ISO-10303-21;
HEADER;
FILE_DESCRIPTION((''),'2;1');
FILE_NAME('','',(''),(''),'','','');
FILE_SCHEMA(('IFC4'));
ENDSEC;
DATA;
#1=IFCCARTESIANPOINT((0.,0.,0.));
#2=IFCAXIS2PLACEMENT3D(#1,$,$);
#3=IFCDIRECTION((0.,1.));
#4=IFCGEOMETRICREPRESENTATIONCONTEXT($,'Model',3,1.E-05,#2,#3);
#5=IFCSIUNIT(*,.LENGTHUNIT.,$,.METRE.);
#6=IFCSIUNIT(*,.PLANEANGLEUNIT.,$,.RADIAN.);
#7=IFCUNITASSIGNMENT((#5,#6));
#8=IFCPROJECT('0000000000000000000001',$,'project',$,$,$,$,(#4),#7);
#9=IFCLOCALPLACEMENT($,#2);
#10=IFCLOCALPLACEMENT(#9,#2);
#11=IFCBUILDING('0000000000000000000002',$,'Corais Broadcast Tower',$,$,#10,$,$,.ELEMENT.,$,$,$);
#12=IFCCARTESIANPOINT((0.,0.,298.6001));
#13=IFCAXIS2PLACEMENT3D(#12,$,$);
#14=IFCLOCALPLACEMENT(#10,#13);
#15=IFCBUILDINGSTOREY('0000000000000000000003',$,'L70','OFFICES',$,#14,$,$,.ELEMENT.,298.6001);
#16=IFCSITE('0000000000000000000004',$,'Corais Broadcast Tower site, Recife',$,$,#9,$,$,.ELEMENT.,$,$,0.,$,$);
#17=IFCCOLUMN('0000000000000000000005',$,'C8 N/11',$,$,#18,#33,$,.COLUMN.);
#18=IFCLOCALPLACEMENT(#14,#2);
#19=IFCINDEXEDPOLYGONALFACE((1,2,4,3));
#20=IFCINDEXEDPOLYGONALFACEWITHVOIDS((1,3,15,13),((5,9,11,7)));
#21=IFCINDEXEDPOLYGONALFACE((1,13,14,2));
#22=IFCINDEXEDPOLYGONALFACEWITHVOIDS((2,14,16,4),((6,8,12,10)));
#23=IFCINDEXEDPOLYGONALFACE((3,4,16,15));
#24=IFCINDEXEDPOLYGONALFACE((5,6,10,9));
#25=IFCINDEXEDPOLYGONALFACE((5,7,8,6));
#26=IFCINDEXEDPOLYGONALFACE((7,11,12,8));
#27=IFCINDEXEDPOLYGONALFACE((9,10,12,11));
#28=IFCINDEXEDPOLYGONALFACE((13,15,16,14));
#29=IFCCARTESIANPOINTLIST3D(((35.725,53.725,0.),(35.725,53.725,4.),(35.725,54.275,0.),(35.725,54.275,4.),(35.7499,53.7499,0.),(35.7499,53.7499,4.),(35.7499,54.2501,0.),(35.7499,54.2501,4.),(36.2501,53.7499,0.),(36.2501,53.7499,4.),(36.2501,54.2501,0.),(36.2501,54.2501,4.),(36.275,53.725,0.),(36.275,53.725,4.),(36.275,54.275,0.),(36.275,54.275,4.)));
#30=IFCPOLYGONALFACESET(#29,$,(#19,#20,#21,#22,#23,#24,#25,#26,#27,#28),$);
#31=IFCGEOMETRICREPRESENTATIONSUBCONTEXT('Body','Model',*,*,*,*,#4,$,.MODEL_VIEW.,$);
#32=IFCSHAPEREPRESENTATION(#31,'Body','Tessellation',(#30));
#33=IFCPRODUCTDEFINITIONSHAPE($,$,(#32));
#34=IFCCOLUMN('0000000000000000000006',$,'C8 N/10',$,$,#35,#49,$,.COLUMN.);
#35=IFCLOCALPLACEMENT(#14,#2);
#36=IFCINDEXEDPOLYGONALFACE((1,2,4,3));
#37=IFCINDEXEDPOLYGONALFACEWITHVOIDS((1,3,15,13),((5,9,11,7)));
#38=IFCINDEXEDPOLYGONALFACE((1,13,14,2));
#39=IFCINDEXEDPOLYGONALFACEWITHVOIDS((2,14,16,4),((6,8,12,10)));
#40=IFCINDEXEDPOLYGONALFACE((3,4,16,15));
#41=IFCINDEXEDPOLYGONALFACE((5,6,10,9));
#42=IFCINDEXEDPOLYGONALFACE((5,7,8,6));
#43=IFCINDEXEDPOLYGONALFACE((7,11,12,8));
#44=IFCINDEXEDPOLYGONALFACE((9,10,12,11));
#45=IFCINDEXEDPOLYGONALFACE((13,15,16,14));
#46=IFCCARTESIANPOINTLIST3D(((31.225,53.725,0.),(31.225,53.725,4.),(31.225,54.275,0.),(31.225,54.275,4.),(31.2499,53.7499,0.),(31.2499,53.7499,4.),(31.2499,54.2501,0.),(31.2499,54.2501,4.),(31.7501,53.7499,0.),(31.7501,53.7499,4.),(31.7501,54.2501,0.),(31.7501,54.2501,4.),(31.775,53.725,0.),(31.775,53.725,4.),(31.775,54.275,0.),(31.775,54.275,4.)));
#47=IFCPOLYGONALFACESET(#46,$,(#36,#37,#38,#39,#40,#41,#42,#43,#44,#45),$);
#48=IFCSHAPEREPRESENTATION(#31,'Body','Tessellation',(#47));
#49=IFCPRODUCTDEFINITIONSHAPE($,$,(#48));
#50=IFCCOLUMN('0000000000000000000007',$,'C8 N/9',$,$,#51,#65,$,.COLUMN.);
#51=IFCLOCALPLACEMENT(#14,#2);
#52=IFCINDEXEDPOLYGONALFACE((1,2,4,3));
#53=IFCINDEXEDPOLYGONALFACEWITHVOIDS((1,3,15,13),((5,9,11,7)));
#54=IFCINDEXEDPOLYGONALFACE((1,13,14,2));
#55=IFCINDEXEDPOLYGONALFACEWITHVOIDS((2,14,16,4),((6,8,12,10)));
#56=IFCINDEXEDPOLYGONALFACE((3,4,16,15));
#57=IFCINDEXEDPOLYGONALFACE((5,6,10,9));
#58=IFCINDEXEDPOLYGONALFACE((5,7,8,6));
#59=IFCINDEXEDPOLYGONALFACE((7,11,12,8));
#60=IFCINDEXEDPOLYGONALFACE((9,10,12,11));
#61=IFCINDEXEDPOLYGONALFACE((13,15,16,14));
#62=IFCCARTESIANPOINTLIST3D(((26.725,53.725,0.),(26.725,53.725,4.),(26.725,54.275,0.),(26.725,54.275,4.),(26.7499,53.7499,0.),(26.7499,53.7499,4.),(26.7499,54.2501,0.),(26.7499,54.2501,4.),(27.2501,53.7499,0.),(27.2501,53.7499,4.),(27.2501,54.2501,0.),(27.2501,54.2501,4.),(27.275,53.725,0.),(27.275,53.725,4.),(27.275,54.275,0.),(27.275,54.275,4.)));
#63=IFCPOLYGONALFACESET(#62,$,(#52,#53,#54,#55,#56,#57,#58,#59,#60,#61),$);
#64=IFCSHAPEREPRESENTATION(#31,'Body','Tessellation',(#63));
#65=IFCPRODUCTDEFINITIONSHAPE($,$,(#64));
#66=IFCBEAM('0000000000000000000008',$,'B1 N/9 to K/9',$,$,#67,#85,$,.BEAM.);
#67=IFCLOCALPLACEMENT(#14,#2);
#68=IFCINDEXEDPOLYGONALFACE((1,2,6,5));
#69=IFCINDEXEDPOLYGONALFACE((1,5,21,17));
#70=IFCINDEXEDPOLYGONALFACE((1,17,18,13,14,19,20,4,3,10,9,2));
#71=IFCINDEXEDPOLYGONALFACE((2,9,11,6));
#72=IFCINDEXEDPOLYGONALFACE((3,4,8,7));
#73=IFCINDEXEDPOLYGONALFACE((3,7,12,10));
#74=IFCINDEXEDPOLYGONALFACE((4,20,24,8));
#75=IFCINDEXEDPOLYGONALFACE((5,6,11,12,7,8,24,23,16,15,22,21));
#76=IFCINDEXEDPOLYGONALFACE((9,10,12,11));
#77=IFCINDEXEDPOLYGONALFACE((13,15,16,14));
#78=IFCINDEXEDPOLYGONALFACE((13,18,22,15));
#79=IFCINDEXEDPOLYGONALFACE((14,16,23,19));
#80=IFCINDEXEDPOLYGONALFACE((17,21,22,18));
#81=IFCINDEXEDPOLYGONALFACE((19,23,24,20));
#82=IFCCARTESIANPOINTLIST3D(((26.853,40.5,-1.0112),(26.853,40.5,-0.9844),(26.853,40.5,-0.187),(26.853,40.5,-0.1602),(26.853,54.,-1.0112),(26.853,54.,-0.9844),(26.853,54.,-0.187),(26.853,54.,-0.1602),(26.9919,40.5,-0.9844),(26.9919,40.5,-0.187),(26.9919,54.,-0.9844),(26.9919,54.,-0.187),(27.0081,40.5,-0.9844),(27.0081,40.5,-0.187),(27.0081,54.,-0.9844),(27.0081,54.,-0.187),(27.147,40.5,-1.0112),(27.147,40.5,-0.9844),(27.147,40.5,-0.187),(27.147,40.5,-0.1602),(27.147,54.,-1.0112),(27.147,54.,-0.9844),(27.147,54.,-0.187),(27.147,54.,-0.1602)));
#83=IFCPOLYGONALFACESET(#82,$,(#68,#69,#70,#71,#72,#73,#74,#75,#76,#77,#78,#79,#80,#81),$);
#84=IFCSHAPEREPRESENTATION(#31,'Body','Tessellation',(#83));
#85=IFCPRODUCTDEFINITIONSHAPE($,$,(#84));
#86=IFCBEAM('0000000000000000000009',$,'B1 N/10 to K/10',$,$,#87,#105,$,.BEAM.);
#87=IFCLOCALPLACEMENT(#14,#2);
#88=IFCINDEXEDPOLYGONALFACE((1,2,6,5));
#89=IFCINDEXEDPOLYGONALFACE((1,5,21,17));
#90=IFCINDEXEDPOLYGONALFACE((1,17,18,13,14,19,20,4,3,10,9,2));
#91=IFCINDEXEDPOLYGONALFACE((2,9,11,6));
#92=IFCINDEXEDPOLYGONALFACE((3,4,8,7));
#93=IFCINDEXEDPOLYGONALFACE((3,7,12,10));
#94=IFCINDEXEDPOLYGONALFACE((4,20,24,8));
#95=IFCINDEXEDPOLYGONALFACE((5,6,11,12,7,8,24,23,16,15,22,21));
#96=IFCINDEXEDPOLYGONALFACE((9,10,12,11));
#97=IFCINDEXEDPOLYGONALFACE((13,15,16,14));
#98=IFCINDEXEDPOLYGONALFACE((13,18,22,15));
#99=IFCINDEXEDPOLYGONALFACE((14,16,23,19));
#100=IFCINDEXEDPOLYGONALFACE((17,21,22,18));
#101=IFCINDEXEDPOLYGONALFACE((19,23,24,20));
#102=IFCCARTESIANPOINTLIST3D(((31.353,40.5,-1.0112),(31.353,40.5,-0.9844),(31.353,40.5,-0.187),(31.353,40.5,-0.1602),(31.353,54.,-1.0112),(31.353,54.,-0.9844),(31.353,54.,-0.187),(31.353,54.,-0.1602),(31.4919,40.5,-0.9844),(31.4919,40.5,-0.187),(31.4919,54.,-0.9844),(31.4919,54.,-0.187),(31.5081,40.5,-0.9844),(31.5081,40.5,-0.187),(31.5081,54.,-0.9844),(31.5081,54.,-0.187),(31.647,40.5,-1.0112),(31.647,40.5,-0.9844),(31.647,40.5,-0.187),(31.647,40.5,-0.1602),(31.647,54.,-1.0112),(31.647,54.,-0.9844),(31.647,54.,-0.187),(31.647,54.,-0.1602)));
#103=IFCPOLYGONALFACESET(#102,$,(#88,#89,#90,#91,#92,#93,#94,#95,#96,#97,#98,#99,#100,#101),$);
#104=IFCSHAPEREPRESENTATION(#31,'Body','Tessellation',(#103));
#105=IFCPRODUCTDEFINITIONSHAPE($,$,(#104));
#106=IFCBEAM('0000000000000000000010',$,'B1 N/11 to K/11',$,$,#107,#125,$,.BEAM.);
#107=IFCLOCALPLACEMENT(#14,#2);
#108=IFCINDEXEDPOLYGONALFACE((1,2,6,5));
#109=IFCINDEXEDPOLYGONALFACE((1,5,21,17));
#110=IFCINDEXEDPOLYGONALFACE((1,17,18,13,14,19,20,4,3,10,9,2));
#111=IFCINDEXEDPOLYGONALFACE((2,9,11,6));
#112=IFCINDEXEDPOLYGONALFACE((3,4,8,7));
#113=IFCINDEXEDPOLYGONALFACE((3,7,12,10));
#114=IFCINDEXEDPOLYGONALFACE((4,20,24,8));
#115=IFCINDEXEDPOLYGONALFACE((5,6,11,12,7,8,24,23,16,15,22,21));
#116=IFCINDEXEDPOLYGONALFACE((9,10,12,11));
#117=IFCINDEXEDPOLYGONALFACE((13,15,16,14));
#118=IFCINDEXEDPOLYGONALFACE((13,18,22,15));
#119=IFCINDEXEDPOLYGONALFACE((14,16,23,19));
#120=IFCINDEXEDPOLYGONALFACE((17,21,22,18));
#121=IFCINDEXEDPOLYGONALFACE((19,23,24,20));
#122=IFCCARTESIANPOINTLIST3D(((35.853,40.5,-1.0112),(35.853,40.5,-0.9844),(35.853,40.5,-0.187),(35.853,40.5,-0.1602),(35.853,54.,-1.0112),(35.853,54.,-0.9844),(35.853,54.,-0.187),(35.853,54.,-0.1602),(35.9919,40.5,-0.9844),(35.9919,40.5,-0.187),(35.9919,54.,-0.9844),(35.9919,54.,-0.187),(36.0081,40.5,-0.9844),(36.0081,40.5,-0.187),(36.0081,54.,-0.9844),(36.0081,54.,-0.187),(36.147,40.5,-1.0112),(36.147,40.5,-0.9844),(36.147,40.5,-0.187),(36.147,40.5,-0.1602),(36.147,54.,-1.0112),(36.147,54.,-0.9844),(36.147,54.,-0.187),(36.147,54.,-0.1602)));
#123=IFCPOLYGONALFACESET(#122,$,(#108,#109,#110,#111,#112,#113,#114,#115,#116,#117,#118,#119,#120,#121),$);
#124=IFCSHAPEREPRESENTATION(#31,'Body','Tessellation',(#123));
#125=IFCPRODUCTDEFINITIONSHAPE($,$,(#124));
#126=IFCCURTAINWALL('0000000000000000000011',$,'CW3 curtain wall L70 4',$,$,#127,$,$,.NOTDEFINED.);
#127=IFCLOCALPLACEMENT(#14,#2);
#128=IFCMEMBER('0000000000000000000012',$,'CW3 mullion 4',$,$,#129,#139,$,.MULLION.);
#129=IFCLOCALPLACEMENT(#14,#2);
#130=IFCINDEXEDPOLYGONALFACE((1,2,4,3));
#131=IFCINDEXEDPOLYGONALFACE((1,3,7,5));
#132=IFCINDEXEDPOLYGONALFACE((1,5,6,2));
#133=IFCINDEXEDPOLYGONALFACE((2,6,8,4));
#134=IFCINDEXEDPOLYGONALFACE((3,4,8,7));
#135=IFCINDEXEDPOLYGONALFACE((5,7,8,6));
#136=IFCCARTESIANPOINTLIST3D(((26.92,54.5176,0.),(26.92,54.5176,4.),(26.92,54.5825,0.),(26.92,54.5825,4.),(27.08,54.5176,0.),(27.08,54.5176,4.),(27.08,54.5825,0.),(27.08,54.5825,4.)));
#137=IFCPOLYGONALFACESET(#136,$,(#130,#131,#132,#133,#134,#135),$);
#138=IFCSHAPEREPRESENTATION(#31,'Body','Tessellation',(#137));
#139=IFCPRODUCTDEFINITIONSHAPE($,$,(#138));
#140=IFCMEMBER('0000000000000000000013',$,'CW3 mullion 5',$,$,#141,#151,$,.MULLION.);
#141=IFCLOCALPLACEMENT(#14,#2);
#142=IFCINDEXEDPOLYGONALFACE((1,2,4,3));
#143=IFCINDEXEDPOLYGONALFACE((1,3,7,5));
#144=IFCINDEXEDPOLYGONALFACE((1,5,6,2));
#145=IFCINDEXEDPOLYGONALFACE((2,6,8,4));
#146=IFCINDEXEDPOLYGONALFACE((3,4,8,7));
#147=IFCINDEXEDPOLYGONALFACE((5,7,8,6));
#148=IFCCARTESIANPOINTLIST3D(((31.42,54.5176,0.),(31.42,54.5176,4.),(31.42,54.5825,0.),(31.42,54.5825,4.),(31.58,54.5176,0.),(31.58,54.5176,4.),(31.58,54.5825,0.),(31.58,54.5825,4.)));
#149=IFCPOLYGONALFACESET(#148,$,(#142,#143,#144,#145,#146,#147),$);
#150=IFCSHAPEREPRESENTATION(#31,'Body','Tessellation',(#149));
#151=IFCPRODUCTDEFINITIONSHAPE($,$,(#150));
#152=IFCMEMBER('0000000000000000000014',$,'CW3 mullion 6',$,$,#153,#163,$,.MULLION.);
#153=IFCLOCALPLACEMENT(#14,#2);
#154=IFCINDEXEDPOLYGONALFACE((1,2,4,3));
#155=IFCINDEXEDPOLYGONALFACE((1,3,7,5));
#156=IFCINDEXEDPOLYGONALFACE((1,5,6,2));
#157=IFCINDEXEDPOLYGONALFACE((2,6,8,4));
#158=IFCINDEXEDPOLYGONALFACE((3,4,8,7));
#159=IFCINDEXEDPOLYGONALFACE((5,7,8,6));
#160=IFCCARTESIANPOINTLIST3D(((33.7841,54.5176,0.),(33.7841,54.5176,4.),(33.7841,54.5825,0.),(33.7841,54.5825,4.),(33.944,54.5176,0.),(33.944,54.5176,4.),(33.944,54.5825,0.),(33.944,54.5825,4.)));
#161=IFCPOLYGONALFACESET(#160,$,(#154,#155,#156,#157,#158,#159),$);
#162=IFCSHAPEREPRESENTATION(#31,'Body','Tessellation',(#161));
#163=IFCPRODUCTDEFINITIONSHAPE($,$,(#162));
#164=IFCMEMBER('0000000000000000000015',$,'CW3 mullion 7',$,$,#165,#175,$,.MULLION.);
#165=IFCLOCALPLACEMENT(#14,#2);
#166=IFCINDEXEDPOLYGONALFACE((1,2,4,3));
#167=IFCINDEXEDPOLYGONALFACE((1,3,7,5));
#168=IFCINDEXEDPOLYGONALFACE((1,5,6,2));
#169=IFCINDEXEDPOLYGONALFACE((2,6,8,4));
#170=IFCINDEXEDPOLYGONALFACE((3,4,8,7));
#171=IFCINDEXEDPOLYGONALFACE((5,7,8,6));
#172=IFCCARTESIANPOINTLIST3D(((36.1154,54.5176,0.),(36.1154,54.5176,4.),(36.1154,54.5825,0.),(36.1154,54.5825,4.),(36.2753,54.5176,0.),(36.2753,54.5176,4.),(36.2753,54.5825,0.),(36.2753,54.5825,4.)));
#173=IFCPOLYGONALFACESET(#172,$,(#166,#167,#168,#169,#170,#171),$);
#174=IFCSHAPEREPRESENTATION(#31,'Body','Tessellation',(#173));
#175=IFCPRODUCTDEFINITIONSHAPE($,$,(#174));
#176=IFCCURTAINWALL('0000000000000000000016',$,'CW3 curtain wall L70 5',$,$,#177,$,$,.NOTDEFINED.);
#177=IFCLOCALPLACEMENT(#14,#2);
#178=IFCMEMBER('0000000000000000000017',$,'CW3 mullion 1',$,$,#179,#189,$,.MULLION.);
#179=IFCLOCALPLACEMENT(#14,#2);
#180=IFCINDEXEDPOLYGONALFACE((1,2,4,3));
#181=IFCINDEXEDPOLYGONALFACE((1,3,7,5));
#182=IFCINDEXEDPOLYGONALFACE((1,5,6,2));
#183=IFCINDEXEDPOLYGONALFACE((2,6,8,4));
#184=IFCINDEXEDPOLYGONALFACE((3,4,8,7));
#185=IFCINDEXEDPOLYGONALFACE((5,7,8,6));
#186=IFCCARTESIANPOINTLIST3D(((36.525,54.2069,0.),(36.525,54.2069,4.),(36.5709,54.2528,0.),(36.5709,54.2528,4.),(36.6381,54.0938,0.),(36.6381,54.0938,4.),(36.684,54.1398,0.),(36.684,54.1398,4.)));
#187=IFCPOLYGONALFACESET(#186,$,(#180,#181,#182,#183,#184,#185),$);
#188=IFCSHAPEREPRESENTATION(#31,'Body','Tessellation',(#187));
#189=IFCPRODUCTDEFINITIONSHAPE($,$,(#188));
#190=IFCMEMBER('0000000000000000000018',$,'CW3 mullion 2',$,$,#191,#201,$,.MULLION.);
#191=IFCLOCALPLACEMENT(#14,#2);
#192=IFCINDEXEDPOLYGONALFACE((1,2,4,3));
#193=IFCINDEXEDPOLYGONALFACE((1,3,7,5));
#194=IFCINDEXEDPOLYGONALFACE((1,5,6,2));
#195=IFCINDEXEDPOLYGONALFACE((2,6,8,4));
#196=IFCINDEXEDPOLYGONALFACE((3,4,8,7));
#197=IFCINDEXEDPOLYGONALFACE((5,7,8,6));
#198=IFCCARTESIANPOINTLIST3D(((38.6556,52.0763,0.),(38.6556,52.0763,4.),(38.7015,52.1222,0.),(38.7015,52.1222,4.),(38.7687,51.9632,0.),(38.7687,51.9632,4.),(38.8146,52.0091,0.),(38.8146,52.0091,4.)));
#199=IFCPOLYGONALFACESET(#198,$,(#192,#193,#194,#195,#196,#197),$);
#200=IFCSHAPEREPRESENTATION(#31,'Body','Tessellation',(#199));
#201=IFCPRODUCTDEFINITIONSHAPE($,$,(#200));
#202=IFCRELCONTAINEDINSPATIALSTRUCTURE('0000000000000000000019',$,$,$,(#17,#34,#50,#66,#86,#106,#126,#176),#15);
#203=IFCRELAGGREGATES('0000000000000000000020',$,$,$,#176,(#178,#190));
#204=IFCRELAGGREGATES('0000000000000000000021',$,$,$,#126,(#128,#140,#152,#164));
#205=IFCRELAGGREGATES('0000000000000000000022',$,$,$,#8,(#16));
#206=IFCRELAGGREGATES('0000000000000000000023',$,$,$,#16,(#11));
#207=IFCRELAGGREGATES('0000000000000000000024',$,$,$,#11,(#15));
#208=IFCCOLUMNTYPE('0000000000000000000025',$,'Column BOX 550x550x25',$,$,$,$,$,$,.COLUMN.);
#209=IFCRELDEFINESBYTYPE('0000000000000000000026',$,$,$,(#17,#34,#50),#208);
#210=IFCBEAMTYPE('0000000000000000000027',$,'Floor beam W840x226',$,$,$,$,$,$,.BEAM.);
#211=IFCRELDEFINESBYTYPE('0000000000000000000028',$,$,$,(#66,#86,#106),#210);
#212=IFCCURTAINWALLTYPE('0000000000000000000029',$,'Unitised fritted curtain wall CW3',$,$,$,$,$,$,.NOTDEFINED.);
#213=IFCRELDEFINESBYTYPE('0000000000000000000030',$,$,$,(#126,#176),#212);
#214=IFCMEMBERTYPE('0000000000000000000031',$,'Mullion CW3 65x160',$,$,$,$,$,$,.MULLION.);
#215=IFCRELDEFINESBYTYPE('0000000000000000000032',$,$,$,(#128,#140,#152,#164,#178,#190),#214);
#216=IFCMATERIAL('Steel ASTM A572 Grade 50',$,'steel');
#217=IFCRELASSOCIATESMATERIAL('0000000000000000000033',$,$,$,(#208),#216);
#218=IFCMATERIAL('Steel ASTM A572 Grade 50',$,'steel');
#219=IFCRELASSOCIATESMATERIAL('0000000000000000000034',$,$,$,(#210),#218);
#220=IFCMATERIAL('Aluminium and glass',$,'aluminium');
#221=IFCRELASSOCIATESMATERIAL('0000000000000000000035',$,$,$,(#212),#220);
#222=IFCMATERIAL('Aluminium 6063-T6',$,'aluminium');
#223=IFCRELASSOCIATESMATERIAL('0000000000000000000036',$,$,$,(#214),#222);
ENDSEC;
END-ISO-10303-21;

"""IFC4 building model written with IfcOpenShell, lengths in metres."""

from ifc_helpers import new_model, si_unit, direction, frame, origin, origin_2d, place, context, subcontext, project, spatial, rectangle, hollow_rectangle, i_section, extrude, material, material_profile, profile_set, type_object, element, aggregate, save


model = new_model("IFC4")

# Units and contexts
model_context = context("Model", 3, precision=1e-05, world=origin(), true_north=direction((0.0, 1.0)))
body_context = subcontext(model_context, "Body", "Model", "MODEL_VIEW")
ifc_project = project(units=[si_unit("LENGTHUNIT", "METRE"), si_unit("PLANEANGLEUNIT", "RADIAN")], contexts=[model_context])

# Site, building, storey
site_placement = place(None, origin())
site = spatial("IfcSite", under=ifc_project, at=site_placement, Name="Corais Broadcast Tower site, Recife", CompositionType="ELEMENT", RefElevation=0.0)
building_placement = place(site_placement, origin())
building = spatial("IfcBuilding", under=site, at=building_placement, Name="Corais Broadcast Tower", CompositionType="ELEMENT")
storey_placement = place(building_placement, frame((0.0, 0.0, 298.6001)))
storey = spatial("IfcBuildingStorey", under=building, at=storey_placement, Name="L70", Description="OFFICES", CompositionType="ELEMENT", Elevation=298.6001)

# Columns
ifc_material_1 = material(Name="Steel ASTM A572 Grade 50", Category="steel")
ifc_material_profile_1 = material_profile(ifc_material_1, hollow_rectangle(XDim=0.55, YDim=0.55, WallThickness=0.0249, at=origin_2d()), Name="BOX 550x550x25")
ifc_profile_set_1 = profile_set([ifc_material_profile_1], Name="Steel ASTM A572 Grade 50")
column_type = type_object("IfcColumnType", Name="Column BOX 550x550x25", PredefinedType="COLUMN", material=ifc_profile_set_1)
for number, where, z_axis, x_axis, name in (
    (1, (36.0, 54.0, 0.0), (0.0, 0.0, 1.0), (1.0, 0.0, 0.0), "C8 N/11"),
    (2, (31.5, 54.0, 0.0), (0.0, 0.0, 1.0), (1.0, 0.0, 0.0), "C8 N/10"),
    (3, (27.0, 54.0, 0.0), (0.0, 0.0, 1.0), (1.0, 0.0, 0.0), "C8 N/9"),
):
    element("IfcColumn", number, at=place(storey_placement, frame(where, z_axis=z_axis, x_axis=x_axis)), inside=storey, type_object=column_type, Name=name, PredefinedType="COLUMN", context=body_context, shape_type="SweptSolid", body=[
        extrude(hollow_rectangle(XDim=0.55, YDim=0.55, WallThickness=0.0249, at=origin_2d()), origin(), (0.0, 0.0, 1.0), 4.0),
    ])

# Beams
ifc_material_2 = material(Name="Steel ASTM A572 Grade 50", Category="steel")
ifc_material_profile_2 = material_profile(ifc_material_2, i_section(OverallWidth=0.2939, OverallDepth=0.8511, WebThickness=0.0161, FlangeThickness=0.0269, at=origin_2d()), Name="W840x226")
ifc_profile_set_2 = profile_set([ifc_material_profile_2], Name="Steel ASTM A572 Grade 50")
beam_type_1 = type_object("IfcBeamType", Name="Floor beam W840x226", PredefinedType="BEAM", material=ifc_profile_set_2)
for number, where, z_axis, x_axis, name in (
    (4, (27.0, 54.0, -0.5857), (0.0, -1.0, 0.0), (1.0, 0.0, 0.0), "B1 N/9 to K/9"),
    (5, (31.5, 54.0, -0.5857), (0.0, -1.0, 0.0), (1.0, 0.0, 0.0), "B1 N/10 to K/10"),
    (6, (36.0, 54.0, -0.5857), (0.0, -1.0, 0.0), (1.0, 0.0, 0.0), "B1 N/11 to K/11"),
):
    element("IfcBeam", number, at=place(storey_placement, frame(where, z_axis=z_axis, x_axis=x_axis)), inside=storey, type_object=beam_type_1, Name=name, PredefinedType="BEAM", context=body_context, shape_type="SweptSolid", body=[
        extrude(i_section(OverallWidth=0.2939, OverallDepth=0.8511, WebThickness=0.0161, FlangeThickness=0.0269, at=origin_2d()), origin(), (0.0, 0.0, 1.0), 13.5),
    ])

# Curtain walls, members
ifc_material_3 = material(Name="Aluminium and glass", Category="aluminium")
curtain_wall_type = type_object("IfcCurtainWallType", Name="Unitised fritted curtain wall CW3", PredefinedType="NOTDEFINED", material=ifc_material_3)
curtain_wall_1_placement = place(storey_placement, origin())
curtain_wall_1 = element("IfcCurtainWall", 7, at=curtain_wall_1_placement, inside=storey, type_object=curtain_wall_type, Name="CW3 curtain wall L70 4", PredefinedType="NOTDEFINED")
ifc_material_4 = material(Name="Aluminium 6063-T6", Category="aluminium")
ifc_material_profile_3 = material_profile(ifc_material_4, rectangle(XDim=0.0649, YDim=0.1599, at=origin_2d()), Name="Mullion CW3 65x160")
ifc_profile_set_3 = profile_set([ifc_material_profile_3], Name="Aluminium 6063-T6")
member_type_1 = type_object("IfcMemberType", Name="Mullion CW3 65x160", PredefinedType="MULLION", material=ifc_profile_set_3)
member_1_placement = place(storey_placement, frame((27.0, 54.55, 0.0), z_axis=(0.0, 0.0, 1.0), x_axis=(0.0, 1.0, 0.0)))
member_1 = element("IfcMember", 8, at=member_1_placement, type_object=member_type_1, Name="CW3 mullion 4", PredefinedType="MULLION", context=body_context, shape_type="SweptSolid", body=[
    extrude(rectangle(XDim=0.0649, YDim=0.1599, at=origin_2d()), origin(), (0.0, 0.0, 1.0), 4.0),
])
member_2_placement = place(storey_placement, frame((31.5, 54.55, 0.0), z_axis=(0.0, 0.0, 1.0), x_axis=(0.0, 1.0, 0.0)))
member_2 = element("IfcMember", 9, at=member_2_placement, type_object=member_type_1, Name="CW3 mullion 5", PredefinedType="MULLION", context=body_context, shape_type="SweptSolid", body=[
    extrude(rectangle(XDim=0.0649, YDim=0.1599, at=origin_2d()), origin(), (0.0, 0.0, 1.0), 4.0),
])
member_3_placement = place(storey_placement, frame((33.864, 54.55, 0.0), z_axis=(0.0, 0.0, 1.0), x_axis=(0.0, 1.0, 0.0)))
member_3 = element("IfcMember", 10, at=member_3_placement, type_object=member_type_1, Name="CW3 mullion 6", PredefinedType="MULLION", context=body_context, shape_type="SweptSolid", body=[
    extrude(rectangle(XDim=0.0649, YDim=0.1599, at=origin_2d()), origin(), (0.0, 0.0, 1.0), 4.0),
])
member_4_placement = place(storey_placement, frame((36.1953, 54.55, 0.0), z_axis=(0.0, 0.0, 1.0), x_axis=(0.0, 1.0, 0.0)))
member_4 = element("IfcMember", 11, at=member_4_placement, type_object=member_type_1, Name="CW3 mullion 7", PredefinedType="MULLION", context=body_context, shape_type="SweptSolid", body=[
    extrude(rectangle(XDim=0.0649, YDim=0.1599, at=origin_2d()), origin(), (0.0, 0.0, 1.0), 4.0),
])
curtain_wall_2_placement = place(storey_placement, origin())
curtain_wall_2 = element("IfcCurtainWall", 12, at=curtain_wall_2_placement, inside=storey, type_object=curtain_wall_type, Name="CW3 curtain wall L70 5", PredefinedType="NOTDEFINED")
member_5_placement = place(storey_placement, frame((36.6045, 54.1733, 0.0), z_axis=(0.0, 0.0, 1.0), x_axis=(0.707107, 0.707107, 0.0)))
member_5 = element("IfcMember", 13, at=member_5_placement, type_object=member_type_1, Name="CW3 mullion 1", PredefinedType="MULLION", context=body_context, shape_type="SweptSolid", body=[
    extrude(rectangle(XDim=0.0649, YDim=0.1599, at=origin_2d()), origin(), (0.0, 0.0, 1.0), 4.0),
])
member_6_placement = place(storey_placement, frame((38.7351, 52.0427, 0.0), z_axis=(0.0, 0.0, 1.0), x_axis=(0.707107, 0.707107, 0.0)))
member_6 = element("IfcMember", 14, at=member_6_placement, type_object=member_type_1, Name="CW3 mullion 2", PredefinedType="MULLION", context=body_context, shape_type="SweptSolid", body=[
    extrude(rectangle(XDim=0.0649, YDim=0.1599, at=origin_2d()), origin(), (0.0, 0.0, 1.0), 4.0),
])

aggregate(curtain_wall_2, [member_5, member_6])
aggregate(curtain_wall_1, [member_1, member_2, member_3, member_4])

save(model, "model.ifc")
